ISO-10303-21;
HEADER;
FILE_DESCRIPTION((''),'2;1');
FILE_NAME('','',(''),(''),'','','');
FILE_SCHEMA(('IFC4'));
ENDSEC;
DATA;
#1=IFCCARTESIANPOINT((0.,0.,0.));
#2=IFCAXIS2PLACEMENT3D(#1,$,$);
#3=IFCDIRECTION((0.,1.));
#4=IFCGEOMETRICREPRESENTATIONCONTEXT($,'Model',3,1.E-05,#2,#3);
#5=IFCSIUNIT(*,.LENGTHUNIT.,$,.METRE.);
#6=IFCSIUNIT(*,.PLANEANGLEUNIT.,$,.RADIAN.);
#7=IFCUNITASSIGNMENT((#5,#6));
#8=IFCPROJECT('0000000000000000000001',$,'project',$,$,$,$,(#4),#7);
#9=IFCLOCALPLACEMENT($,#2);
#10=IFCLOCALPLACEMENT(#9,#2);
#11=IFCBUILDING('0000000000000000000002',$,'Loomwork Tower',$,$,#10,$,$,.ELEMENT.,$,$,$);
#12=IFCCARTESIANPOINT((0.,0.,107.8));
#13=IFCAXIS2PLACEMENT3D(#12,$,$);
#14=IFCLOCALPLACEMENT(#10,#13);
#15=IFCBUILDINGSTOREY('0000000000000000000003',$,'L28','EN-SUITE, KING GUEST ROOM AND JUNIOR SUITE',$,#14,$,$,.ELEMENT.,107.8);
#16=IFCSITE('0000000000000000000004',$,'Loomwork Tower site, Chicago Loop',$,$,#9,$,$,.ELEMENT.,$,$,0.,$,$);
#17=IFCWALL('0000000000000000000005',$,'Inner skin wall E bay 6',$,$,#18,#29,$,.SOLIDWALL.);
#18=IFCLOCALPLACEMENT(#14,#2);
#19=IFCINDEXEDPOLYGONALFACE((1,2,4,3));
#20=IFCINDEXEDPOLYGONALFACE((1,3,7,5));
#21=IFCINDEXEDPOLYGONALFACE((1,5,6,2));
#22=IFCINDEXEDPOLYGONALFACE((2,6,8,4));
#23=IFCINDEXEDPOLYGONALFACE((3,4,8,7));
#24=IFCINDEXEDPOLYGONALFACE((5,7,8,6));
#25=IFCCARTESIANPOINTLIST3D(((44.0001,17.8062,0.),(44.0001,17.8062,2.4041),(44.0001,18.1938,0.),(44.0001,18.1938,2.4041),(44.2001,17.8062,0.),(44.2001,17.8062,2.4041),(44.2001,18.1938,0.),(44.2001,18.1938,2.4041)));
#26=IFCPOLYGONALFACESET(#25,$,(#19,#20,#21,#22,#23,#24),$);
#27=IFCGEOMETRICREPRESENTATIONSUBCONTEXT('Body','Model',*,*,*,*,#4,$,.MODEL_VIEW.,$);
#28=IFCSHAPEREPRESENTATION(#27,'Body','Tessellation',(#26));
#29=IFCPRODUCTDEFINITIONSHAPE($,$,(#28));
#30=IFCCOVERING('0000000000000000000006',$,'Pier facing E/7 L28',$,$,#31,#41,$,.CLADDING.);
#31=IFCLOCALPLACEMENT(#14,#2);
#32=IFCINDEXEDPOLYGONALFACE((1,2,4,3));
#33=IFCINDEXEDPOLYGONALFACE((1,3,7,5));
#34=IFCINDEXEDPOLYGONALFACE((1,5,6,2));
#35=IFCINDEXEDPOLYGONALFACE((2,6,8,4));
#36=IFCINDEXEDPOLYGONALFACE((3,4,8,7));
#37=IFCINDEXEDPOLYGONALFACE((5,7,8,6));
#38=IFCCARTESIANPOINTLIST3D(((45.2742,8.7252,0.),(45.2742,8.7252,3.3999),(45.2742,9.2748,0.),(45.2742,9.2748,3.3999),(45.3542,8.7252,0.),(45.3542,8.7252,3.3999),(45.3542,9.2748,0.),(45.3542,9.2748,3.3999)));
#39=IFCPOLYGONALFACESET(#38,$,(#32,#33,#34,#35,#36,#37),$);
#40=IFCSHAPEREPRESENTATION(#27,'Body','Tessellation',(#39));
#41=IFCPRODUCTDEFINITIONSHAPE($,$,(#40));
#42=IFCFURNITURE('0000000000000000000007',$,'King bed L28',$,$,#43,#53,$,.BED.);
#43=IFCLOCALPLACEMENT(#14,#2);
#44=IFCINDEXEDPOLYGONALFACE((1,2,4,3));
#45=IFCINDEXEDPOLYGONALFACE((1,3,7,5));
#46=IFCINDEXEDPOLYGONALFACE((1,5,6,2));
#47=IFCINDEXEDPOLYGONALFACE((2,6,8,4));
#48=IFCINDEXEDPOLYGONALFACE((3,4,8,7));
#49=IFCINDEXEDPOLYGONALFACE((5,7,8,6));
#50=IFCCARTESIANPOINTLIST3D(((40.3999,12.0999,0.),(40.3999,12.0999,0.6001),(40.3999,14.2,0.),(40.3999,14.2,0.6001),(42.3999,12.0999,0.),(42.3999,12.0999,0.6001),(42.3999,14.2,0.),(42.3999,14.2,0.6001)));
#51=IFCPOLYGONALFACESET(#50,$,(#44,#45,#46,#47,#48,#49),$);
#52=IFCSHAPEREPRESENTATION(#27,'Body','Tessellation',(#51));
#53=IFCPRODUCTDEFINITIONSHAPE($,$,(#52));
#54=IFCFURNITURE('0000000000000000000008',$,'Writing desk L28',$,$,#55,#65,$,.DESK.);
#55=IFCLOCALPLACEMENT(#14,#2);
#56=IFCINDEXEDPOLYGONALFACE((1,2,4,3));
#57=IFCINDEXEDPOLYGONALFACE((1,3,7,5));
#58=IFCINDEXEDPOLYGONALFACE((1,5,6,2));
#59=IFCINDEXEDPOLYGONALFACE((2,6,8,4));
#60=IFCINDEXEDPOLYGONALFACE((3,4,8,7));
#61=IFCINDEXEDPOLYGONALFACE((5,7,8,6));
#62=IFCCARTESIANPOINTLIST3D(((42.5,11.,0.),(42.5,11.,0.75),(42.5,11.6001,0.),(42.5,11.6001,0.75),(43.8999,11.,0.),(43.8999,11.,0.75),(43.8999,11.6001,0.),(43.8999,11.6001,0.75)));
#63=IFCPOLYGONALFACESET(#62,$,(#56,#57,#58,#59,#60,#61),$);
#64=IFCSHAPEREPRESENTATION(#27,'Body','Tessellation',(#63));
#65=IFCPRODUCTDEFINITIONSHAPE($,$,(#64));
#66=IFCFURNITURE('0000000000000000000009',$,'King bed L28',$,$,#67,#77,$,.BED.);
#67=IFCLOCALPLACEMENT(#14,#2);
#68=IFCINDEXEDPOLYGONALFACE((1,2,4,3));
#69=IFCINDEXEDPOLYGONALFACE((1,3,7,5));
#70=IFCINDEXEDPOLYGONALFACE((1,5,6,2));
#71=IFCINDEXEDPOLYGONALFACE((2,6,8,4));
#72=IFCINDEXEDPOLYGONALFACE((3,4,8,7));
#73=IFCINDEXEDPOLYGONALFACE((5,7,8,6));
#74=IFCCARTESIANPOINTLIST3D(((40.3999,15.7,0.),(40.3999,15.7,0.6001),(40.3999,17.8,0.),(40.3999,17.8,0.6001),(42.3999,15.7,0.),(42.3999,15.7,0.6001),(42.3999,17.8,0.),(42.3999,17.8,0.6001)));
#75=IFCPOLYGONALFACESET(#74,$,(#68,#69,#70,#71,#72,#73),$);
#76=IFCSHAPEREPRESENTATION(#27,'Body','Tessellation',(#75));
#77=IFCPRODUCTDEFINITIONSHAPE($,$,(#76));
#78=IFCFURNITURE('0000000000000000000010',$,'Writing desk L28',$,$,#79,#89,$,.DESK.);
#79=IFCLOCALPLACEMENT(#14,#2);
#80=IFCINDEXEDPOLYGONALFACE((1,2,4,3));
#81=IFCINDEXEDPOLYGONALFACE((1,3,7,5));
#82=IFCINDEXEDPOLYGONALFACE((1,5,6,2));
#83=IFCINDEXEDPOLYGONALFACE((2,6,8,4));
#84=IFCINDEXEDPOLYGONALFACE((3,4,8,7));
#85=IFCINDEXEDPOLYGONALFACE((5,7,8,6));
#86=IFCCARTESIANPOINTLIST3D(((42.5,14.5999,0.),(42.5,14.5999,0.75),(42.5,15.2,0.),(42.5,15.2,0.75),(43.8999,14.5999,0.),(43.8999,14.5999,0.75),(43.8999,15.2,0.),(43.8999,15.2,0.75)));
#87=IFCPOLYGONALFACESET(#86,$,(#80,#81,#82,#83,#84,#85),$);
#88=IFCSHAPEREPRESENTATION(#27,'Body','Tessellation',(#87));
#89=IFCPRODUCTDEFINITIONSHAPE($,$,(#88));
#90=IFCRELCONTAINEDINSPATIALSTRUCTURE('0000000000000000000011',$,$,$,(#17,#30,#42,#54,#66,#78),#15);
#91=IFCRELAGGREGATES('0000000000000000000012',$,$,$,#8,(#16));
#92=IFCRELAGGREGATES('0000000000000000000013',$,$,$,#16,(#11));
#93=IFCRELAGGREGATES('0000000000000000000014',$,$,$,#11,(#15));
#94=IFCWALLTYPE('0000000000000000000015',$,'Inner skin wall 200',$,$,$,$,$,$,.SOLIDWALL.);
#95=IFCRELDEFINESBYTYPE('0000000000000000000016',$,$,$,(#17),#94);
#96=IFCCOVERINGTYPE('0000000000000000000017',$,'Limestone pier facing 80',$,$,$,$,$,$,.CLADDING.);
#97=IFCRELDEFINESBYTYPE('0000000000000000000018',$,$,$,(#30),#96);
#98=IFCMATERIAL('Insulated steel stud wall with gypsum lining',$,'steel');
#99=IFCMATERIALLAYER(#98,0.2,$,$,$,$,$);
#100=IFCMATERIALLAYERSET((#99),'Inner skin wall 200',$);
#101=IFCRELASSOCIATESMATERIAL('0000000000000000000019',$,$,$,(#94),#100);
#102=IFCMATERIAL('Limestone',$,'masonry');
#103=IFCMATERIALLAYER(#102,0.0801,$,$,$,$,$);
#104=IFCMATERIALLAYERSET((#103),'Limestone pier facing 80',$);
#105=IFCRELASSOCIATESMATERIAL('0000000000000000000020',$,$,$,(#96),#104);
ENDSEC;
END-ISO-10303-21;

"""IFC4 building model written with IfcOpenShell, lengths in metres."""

from ifc_helpers import new_model, si_unit, direction, frame, frame_2d, origin, origin_2d, place, context, subcontext, project, spatial, rectangle, extrude, material, layer, layer_set, type_object, element, save


model = new_model("IFC4")

# Units and contexts
model_context = context("Model", 3, precision=1e-05, world=origin(), true_north=direction((0.0, 1.0)))
body_context = subcontext(model_context, "Body", "Model", "MODEL_VIEW")
ifc_project = project(units=[si_unit("LENGTHUNIT", "METRE"), si_unit("PLANEANGLEUNIT", "RADIAN")], contexts=[model_context])

# Site, building, storey
site_placement = place(None, origin())
site = spatial("IfcSite", under=ifc_project, at=site_placement, Name="Loomwork Tower site, Chicago Loop", CompositionType="ELEMENT", RefElevation=0.0)
building_placement = place(site_placement, origin())
building = spatial("IfcBuilding", under=site, at=building_placement, Name="Loomwork Tower", CompositionType="ELEMENT")
storey_placement = place(building_placement, frame((0.0, 0.0, 107.8)))
storey = spatial("IfcBuildingStorey", under=building, at=storey_placement, Name="L28", Description="EN-SUITE, KING GUEST ROOM AND JUNIOR SUITE", CompositionType="ELEMENT", Elevation=107.8)

# Shared definitions
ifc_material_1 = material(Name="Insulated steel stud wall with gypsum lining", Category="steel")
ifc_layer_1 = layer(ifc_material_1, 0.2)
ifc_layer_set_1 = layer_set([ifc_layer_1], Name="Inner skin wall 200")
wall_type = type_object("IfcWallType", Name="Inner skin wall 200", PredefinedType="SOLIDWALL", material=ifc_layer_set_1)

# Wall
wall_1_placement = place(storey_placement, frame((44.1001, 17.8062, 0.0), z_axis=(0.0, 0.0, 1.0), x_axis=(0.0, 1.0, 0.0)))
element("IfcWall", 1, at=wall_1_placement, inside=storey, type_object=wall_type, Name="Inner skin wall E bay 6", PredefinedType="SOLIDWALL", context=body_context, shape_type="SweptSolid", body=[
    extrude(rectangle(XDim=0.3877, YDim=0.2, at=frame_2d((0.1938, 0.0))), origin(), (0.0, 0.0, 1.0), 2.4041),
])

# Covering
ifc_material_2 = material(Name="Limestone", Category="masonry")
ifc_layer_2 = layer(ifc_material_2, 0.0801)
ifc_layer_set_2 = layer_set([ifc_layer_2], Name="Limestone pier facing 80")
covering_type = type_object("IfcCoveringType", Name="Limestone pier facing 80", PredefinedType="CLADDING", material=ifc_layer_set_2)
covering_placement = place(storey_placement, frame((45.3142, 9.0, 0.0), z_axis=(0.0, 0.0, 1.0), x_axis=(1.0, 0.0, 0.0)))
element("IfcCovering", 2, at=covering_placement, inside=storey, type_object=covering_type, Name="Pier facing E/7 L28", PredefinedType="CLADDING", context=body_context, shape_type="SweptSolid", body=[
    extrude(rectangle(XDim=0.0801, YDim=0.5496, at=origin_2d()), origin(), (0.0, 0.0, 1.0), 3.3999),
])

# Furniture
furniture_1_placement = place(storey_placement, frame((41.3999, 13.1499, 0.0), z_axis=(0.0, 0.0, 1.0), x_axis=(1.0, 0.0, 0.0)))
element("IfcFurniture", 3, at=furniture_1_placement, inside=storey, Name="King bed L28", PredefinedType="BED", context=body_context, shape_type="SweptSolid", body=[
    extrude(rectangle(XDim=2.0, YDim=2.1001, at=origin_2d()), origin(), (0.0, 0.0, 1.0), 0.6001),
])
furniture_2_placement = place(storey_placement, frame((43.2, 11.3, 0.0), z_axis=(0.0, 0.0, 1.0), x_axis=(1.0, 0.0, 0.0)))
element("IfcFurniture", 4, at=furniture_2_placement, inside=storey, Name="Writing desk L28", PredefinedType="DESK", context=body_context, shape_type="SweptSolid", body=[
    extrude(rectangle(XDim=1.3999, YDim=0.6001, at=origin_2d()), origin(), (0.0, 0.0, 1.0), 0.75),
])
furniture_3_placement = place(storey_placement, frame((41.3999, 16.75, 0.0), z_axis=(0.0, 0.0, 1.0), x_axis=(1.0, 0.0, 0.0)))
element("IfcFurniture", 5, at=furniture_3_placement, inside=storey, Name="King bed L28", PredefinedType="BED", context=body_context, shape_type="SweptSolid", body=[
    extrude(rectangle(XDim=2.0, YDim=2.1001, at=origin_2d()), origin(), (0.0, 0.0, 1.0), 0.6001),
])
furniture_4_placement = place(storey_placement, frame((43.2, 14.8999, 0.0), z_axis=(0.0, 0.0, 1.0), x_axis=(1.0, 0.0, 0.0)))
element("IfcFurniture", 6, at=furniture_4_placement, inside=storey, Name="Writing desk L28", PredefinedType="DESK", context=body_context, shape_type="SweptSolid", body=[
    extrude(rectangle(XDim=1.3999, YDim=0.6001, at=origin_2d()), origin(), (0.0, 0.0, 1.0), 0.75),
])

save(model, "model.ifc")
